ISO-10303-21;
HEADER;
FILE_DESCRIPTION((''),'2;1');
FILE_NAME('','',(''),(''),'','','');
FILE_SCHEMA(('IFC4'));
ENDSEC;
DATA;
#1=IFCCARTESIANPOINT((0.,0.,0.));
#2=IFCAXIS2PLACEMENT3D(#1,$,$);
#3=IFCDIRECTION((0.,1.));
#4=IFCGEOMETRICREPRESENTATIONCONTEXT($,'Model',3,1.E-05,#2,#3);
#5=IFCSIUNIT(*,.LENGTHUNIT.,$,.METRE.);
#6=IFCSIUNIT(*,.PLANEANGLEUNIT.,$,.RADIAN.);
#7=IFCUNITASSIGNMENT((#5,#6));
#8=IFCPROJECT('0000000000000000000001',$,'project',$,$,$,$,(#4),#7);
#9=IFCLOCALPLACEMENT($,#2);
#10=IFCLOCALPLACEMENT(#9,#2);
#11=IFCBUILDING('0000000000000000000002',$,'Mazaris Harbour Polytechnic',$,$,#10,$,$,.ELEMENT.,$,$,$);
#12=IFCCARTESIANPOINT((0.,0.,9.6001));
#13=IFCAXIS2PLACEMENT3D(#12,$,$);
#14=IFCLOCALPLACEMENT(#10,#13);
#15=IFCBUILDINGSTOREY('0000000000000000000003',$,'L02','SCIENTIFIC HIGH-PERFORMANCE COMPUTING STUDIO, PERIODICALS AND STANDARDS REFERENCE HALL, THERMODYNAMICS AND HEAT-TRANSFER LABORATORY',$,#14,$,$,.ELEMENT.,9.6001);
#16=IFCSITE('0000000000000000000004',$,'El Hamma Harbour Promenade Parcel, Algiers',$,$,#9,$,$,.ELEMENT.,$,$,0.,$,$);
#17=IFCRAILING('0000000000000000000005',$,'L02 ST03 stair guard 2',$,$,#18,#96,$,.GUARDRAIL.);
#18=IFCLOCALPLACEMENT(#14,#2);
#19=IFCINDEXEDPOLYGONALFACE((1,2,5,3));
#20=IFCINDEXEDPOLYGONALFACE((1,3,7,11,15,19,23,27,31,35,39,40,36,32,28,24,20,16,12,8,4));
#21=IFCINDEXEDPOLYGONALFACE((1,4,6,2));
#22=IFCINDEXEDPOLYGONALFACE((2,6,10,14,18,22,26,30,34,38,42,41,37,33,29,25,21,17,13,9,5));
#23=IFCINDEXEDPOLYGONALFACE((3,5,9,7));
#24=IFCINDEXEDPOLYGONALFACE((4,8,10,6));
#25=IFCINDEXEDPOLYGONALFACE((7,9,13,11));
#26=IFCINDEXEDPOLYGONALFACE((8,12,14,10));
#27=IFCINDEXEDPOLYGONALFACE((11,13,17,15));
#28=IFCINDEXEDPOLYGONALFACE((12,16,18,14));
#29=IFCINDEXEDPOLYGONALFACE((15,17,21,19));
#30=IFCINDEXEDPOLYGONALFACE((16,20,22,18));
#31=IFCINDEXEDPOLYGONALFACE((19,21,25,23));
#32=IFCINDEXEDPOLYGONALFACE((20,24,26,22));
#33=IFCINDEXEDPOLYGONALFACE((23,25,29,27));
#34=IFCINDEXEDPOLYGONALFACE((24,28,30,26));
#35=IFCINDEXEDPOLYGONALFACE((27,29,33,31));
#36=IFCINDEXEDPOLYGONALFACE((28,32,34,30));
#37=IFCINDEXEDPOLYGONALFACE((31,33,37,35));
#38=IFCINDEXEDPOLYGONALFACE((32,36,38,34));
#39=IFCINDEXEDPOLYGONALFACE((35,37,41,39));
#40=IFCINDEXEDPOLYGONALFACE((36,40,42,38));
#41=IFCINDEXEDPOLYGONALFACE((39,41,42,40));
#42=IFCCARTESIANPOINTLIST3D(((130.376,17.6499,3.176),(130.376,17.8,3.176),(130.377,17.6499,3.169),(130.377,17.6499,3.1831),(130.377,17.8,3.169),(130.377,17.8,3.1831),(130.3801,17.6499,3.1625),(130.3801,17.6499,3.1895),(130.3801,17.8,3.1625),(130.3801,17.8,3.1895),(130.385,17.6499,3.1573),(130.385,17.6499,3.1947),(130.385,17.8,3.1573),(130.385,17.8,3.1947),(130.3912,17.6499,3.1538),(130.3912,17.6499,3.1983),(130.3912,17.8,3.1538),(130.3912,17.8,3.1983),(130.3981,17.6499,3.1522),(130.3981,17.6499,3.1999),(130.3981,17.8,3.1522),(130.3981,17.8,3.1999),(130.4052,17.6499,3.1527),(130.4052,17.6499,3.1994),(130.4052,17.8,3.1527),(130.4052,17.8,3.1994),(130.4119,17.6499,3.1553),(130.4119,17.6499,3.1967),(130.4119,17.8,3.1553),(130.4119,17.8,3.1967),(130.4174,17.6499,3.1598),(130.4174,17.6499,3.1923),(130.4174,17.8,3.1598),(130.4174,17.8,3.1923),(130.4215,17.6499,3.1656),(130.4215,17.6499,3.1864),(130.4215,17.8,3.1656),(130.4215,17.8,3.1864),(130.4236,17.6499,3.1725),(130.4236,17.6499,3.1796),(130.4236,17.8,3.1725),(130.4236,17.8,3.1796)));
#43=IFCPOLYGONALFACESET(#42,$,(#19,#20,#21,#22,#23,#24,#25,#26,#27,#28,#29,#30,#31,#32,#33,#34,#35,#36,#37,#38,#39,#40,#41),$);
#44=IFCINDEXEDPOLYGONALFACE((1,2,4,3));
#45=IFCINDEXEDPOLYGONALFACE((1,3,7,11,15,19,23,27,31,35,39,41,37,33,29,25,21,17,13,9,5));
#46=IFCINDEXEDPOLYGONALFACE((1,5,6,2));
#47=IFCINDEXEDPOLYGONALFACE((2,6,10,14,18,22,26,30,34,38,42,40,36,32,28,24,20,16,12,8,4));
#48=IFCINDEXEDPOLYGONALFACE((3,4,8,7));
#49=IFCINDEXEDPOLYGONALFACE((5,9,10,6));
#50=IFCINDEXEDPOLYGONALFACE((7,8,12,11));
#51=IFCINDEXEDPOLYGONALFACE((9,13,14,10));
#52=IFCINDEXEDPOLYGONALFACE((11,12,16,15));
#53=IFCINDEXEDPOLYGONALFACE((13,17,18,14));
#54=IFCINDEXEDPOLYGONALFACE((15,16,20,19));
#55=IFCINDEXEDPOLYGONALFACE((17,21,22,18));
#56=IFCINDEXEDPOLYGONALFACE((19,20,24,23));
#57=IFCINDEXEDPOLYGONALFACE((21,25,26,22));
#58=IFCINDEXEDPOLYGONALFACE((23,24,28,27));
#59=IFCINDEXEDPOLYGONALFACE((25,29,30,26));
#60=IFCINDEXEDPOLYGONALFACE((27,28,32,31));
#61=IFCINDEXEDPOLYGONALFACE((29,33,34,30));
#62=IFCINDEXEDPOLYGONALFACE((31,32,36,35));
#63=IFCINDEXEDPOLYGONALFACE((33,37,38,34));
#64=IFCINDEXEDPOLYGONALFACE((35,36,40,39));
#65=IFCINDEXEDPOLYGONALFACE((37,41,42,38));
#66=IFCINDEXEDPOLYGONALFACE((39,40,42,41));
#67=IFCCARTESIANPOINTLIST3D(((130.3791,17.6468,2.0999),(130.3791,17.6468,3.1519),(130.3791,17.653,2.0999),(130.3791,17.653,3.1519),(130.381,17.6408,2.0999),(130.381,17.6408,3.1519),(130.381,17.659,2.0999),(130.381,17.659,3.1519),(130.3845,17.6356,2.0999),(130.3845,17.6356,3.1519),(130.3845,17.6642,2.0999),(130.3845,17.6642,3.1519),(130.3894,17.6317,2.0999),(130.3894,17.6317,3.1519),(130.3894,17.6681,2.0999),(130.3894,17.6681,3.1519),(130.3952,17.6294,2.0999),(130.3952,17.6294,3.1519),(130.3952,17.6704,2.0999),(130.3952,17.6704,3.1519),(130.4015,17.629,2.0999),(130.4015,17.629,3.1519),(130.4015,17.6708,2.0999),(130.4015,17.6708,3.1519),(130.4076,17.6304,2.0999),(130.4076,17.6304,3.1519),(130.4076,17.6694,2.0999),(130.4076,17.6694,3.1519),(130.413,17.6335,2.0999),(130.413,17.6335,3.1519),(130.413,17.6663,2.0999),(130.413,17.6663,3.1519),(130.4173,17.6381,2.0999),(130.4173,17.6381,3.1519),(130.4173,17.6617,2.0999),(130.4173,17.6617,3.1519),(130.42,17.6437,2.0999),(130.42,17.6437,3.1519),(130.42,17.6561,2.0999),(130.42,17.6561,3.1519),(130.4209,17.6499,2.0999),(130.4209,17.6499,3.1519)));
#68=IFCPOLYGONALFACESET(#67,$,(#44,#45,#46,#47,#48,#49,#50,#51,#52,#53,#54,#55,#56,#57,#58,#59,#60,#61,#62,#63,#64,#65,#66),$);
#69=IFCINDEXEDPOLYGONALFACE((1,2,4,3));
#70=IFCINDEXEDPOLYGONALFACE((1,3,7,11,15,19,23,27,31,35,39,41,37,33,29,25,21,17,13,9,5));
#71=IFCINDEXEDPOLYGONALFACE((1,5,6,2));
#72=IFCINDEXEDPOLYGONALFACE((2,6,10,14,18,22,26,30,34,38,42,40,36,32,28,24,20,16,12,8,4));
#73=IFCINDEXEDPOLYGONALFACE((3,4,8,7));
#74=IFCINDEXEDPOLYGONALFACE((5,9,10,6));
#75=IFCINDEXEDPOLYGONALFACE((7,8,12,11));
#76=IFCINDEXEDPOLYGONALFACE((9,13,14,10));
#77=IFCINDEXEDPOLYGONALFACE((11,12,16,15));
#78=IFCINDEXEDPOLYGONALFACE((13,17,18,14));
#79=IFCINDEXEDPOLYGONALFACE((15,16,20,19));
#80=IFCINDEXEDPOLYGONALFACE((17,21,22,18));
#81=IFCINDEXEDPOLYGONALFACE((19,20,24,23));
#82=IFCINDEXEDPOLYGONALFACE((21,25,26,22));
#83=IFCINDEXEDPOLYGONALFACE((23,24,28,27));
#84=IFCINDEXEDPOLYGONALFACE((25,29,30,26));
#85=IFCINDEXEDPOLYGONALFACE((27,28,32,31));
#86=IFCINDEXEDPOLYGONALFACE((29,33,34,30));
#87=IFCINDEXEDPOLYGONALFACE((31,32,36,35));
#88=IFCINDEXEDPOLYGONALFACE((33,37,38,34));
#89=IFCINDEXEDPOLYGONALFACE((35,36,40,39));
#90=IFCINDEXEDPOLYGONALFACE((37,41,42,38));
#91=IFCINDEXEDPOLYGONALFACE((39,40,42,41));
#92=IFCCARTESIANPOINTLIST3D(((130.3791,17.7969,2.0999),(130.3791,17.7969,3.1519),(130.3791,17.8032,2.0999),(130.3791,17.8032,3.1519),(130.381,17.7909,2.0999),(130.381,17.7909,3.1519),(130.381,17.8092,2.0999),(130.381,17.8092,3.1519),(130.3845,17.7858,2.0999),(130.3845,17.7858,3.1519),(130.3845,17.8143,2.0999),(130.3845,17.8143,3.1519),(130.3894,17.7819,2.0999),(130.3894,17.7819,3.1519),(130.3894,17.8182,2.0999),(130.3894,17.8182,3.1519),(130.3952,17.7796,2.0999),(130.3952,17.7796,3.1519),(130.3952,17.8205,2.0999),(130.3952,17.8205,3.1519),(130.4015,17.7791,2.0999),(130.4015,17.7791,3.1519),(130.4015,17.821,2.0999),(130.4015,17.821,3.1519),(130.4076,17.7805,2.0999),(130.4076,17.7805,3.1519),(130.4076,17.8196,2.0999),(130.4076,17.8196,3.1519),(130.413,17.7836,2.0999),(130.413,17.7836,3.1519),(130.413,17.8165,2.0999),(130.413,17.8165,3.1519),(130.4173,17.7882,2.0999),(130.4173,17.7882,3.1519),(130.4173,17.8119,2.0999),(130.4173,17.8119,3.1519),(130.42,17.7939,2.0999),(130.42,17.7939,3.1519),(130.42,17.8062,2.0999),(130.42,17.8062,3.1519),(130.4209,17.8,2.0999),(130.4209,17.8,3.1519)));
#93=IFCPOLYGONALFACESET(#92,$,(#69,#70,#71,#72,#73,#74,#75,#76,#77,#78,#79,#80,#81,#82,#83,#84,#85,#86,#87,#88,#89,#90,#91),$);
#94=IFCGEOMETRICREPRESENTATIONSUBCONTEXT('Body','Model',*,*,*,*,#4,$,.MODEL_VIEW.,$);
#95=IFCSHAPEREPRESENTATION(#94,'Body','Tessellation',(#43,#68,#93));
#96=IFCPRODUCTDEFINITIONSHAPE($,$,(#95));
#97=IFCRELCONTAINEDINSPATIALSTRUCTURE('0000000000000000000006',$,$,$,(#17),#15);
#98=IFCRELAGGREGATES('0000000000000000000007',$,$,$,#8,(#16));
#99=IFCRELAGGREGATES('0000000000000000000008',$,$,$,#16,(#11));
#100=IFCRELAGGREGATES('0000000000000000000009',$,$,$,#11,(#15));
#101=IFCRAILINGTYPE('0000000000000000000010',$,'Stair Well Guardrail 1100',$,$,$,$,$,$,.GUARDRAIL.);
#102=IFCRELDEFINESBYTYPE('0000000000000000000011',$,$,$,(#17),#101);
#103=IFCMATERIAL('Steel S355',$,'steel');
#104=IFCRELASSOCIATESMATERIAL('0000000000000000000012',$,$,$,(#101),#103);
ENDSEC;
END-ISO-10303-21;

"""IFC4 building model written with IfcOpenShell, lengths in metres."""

from ifc_helpers import new_model, si_unit, direction, frame, origin, origin_2d, place, context, subcontext, project, spatial, circle, extrude, material, type_object, element, save


model = new_model("IFC4")

# Units and contexts
model_context = context("Model", 3, precision=1e-05, world=origin(), true_north=direction((0.0, 1.0)))
body_context = subcontext(model_context, "Body", "Model", "MODEL_VIEW")
ifc_project = project(units=[si_unit("LENGTHUNIT", "METRE"), si_unit("PLANEANGLEUNIT", "RADIAN")], contexts=[model_context])

# Site, building, storey
site_placement = place(None, origin())
site = spatial("IfcSite", under=ifc_project, at=site_placement, Name="El Hamma Harbour Promenade Parcel, Algiers", CompositionType="ELEMENT", RefElevation=0.0)
building_placement = place(site_placement, origin())
building = spatial("IfcBuilding", under=site, at=building_placement, Name="Mazaris Harbour Polytechnic", CompositionType="ELEMENT")
storey_placement = place(building_placement, frame((0.0, 0.0, 9.6001)))
storey = spatial("IfcBuildingStorey", under=building, at=storey_placement, Name="L02", Description="SCIENTIFIC HIGH-PERFORMANCE COMPUTING STUDIO, PERIODICALS AND STANDARDS REFERENCE HALL, THERMODYNAMICS AND HEAT-TRANSFER LABORATORY", CompositionType="ELEMENT", Elevation=9.6001)

# Railing
ifc_material_1 = material(Name="Steel S355", Category="steel")
railing_type_1 = type_object("IfcRailingType", Name="Stair Well Guardrail 1100", PredefinedType="GUARDRAIL", material=ifc_material_1)
railing_1_placement = place(storey_placement, frame((130.3999, 17.6499, 2.0999)))
element("IfcRailing", 1, at=railing_1_placement, inside=storey, type_object=railing_type_1, Name="L02 ST03 stair guard 2", PredefinedType="GUARDRAIL", context=body_context, shape_type="SweptSolid", body=[
    extrude(circle(Radius=0.0239, at=origin_2d()), frame((0.0, 0.0, 1.0762), z_axis=(0.0, 1.0, 0.0), x_axis=(-1.0, 0.0, 0.0)), (0.0, 0.0, 1.0), 0.1501),
    extrude(circle(Radius=0.021, at=origin_2d()), origin(), (0.0, 0.0, 1.0), 1.052),
    extrude(circle(Radius=0.021, at=origin_2d()), frame((0.0, 0.1501, 0.0)), (0.0, 0.0, 1.0), 1.052),
])

save(model, "model.ifc")
